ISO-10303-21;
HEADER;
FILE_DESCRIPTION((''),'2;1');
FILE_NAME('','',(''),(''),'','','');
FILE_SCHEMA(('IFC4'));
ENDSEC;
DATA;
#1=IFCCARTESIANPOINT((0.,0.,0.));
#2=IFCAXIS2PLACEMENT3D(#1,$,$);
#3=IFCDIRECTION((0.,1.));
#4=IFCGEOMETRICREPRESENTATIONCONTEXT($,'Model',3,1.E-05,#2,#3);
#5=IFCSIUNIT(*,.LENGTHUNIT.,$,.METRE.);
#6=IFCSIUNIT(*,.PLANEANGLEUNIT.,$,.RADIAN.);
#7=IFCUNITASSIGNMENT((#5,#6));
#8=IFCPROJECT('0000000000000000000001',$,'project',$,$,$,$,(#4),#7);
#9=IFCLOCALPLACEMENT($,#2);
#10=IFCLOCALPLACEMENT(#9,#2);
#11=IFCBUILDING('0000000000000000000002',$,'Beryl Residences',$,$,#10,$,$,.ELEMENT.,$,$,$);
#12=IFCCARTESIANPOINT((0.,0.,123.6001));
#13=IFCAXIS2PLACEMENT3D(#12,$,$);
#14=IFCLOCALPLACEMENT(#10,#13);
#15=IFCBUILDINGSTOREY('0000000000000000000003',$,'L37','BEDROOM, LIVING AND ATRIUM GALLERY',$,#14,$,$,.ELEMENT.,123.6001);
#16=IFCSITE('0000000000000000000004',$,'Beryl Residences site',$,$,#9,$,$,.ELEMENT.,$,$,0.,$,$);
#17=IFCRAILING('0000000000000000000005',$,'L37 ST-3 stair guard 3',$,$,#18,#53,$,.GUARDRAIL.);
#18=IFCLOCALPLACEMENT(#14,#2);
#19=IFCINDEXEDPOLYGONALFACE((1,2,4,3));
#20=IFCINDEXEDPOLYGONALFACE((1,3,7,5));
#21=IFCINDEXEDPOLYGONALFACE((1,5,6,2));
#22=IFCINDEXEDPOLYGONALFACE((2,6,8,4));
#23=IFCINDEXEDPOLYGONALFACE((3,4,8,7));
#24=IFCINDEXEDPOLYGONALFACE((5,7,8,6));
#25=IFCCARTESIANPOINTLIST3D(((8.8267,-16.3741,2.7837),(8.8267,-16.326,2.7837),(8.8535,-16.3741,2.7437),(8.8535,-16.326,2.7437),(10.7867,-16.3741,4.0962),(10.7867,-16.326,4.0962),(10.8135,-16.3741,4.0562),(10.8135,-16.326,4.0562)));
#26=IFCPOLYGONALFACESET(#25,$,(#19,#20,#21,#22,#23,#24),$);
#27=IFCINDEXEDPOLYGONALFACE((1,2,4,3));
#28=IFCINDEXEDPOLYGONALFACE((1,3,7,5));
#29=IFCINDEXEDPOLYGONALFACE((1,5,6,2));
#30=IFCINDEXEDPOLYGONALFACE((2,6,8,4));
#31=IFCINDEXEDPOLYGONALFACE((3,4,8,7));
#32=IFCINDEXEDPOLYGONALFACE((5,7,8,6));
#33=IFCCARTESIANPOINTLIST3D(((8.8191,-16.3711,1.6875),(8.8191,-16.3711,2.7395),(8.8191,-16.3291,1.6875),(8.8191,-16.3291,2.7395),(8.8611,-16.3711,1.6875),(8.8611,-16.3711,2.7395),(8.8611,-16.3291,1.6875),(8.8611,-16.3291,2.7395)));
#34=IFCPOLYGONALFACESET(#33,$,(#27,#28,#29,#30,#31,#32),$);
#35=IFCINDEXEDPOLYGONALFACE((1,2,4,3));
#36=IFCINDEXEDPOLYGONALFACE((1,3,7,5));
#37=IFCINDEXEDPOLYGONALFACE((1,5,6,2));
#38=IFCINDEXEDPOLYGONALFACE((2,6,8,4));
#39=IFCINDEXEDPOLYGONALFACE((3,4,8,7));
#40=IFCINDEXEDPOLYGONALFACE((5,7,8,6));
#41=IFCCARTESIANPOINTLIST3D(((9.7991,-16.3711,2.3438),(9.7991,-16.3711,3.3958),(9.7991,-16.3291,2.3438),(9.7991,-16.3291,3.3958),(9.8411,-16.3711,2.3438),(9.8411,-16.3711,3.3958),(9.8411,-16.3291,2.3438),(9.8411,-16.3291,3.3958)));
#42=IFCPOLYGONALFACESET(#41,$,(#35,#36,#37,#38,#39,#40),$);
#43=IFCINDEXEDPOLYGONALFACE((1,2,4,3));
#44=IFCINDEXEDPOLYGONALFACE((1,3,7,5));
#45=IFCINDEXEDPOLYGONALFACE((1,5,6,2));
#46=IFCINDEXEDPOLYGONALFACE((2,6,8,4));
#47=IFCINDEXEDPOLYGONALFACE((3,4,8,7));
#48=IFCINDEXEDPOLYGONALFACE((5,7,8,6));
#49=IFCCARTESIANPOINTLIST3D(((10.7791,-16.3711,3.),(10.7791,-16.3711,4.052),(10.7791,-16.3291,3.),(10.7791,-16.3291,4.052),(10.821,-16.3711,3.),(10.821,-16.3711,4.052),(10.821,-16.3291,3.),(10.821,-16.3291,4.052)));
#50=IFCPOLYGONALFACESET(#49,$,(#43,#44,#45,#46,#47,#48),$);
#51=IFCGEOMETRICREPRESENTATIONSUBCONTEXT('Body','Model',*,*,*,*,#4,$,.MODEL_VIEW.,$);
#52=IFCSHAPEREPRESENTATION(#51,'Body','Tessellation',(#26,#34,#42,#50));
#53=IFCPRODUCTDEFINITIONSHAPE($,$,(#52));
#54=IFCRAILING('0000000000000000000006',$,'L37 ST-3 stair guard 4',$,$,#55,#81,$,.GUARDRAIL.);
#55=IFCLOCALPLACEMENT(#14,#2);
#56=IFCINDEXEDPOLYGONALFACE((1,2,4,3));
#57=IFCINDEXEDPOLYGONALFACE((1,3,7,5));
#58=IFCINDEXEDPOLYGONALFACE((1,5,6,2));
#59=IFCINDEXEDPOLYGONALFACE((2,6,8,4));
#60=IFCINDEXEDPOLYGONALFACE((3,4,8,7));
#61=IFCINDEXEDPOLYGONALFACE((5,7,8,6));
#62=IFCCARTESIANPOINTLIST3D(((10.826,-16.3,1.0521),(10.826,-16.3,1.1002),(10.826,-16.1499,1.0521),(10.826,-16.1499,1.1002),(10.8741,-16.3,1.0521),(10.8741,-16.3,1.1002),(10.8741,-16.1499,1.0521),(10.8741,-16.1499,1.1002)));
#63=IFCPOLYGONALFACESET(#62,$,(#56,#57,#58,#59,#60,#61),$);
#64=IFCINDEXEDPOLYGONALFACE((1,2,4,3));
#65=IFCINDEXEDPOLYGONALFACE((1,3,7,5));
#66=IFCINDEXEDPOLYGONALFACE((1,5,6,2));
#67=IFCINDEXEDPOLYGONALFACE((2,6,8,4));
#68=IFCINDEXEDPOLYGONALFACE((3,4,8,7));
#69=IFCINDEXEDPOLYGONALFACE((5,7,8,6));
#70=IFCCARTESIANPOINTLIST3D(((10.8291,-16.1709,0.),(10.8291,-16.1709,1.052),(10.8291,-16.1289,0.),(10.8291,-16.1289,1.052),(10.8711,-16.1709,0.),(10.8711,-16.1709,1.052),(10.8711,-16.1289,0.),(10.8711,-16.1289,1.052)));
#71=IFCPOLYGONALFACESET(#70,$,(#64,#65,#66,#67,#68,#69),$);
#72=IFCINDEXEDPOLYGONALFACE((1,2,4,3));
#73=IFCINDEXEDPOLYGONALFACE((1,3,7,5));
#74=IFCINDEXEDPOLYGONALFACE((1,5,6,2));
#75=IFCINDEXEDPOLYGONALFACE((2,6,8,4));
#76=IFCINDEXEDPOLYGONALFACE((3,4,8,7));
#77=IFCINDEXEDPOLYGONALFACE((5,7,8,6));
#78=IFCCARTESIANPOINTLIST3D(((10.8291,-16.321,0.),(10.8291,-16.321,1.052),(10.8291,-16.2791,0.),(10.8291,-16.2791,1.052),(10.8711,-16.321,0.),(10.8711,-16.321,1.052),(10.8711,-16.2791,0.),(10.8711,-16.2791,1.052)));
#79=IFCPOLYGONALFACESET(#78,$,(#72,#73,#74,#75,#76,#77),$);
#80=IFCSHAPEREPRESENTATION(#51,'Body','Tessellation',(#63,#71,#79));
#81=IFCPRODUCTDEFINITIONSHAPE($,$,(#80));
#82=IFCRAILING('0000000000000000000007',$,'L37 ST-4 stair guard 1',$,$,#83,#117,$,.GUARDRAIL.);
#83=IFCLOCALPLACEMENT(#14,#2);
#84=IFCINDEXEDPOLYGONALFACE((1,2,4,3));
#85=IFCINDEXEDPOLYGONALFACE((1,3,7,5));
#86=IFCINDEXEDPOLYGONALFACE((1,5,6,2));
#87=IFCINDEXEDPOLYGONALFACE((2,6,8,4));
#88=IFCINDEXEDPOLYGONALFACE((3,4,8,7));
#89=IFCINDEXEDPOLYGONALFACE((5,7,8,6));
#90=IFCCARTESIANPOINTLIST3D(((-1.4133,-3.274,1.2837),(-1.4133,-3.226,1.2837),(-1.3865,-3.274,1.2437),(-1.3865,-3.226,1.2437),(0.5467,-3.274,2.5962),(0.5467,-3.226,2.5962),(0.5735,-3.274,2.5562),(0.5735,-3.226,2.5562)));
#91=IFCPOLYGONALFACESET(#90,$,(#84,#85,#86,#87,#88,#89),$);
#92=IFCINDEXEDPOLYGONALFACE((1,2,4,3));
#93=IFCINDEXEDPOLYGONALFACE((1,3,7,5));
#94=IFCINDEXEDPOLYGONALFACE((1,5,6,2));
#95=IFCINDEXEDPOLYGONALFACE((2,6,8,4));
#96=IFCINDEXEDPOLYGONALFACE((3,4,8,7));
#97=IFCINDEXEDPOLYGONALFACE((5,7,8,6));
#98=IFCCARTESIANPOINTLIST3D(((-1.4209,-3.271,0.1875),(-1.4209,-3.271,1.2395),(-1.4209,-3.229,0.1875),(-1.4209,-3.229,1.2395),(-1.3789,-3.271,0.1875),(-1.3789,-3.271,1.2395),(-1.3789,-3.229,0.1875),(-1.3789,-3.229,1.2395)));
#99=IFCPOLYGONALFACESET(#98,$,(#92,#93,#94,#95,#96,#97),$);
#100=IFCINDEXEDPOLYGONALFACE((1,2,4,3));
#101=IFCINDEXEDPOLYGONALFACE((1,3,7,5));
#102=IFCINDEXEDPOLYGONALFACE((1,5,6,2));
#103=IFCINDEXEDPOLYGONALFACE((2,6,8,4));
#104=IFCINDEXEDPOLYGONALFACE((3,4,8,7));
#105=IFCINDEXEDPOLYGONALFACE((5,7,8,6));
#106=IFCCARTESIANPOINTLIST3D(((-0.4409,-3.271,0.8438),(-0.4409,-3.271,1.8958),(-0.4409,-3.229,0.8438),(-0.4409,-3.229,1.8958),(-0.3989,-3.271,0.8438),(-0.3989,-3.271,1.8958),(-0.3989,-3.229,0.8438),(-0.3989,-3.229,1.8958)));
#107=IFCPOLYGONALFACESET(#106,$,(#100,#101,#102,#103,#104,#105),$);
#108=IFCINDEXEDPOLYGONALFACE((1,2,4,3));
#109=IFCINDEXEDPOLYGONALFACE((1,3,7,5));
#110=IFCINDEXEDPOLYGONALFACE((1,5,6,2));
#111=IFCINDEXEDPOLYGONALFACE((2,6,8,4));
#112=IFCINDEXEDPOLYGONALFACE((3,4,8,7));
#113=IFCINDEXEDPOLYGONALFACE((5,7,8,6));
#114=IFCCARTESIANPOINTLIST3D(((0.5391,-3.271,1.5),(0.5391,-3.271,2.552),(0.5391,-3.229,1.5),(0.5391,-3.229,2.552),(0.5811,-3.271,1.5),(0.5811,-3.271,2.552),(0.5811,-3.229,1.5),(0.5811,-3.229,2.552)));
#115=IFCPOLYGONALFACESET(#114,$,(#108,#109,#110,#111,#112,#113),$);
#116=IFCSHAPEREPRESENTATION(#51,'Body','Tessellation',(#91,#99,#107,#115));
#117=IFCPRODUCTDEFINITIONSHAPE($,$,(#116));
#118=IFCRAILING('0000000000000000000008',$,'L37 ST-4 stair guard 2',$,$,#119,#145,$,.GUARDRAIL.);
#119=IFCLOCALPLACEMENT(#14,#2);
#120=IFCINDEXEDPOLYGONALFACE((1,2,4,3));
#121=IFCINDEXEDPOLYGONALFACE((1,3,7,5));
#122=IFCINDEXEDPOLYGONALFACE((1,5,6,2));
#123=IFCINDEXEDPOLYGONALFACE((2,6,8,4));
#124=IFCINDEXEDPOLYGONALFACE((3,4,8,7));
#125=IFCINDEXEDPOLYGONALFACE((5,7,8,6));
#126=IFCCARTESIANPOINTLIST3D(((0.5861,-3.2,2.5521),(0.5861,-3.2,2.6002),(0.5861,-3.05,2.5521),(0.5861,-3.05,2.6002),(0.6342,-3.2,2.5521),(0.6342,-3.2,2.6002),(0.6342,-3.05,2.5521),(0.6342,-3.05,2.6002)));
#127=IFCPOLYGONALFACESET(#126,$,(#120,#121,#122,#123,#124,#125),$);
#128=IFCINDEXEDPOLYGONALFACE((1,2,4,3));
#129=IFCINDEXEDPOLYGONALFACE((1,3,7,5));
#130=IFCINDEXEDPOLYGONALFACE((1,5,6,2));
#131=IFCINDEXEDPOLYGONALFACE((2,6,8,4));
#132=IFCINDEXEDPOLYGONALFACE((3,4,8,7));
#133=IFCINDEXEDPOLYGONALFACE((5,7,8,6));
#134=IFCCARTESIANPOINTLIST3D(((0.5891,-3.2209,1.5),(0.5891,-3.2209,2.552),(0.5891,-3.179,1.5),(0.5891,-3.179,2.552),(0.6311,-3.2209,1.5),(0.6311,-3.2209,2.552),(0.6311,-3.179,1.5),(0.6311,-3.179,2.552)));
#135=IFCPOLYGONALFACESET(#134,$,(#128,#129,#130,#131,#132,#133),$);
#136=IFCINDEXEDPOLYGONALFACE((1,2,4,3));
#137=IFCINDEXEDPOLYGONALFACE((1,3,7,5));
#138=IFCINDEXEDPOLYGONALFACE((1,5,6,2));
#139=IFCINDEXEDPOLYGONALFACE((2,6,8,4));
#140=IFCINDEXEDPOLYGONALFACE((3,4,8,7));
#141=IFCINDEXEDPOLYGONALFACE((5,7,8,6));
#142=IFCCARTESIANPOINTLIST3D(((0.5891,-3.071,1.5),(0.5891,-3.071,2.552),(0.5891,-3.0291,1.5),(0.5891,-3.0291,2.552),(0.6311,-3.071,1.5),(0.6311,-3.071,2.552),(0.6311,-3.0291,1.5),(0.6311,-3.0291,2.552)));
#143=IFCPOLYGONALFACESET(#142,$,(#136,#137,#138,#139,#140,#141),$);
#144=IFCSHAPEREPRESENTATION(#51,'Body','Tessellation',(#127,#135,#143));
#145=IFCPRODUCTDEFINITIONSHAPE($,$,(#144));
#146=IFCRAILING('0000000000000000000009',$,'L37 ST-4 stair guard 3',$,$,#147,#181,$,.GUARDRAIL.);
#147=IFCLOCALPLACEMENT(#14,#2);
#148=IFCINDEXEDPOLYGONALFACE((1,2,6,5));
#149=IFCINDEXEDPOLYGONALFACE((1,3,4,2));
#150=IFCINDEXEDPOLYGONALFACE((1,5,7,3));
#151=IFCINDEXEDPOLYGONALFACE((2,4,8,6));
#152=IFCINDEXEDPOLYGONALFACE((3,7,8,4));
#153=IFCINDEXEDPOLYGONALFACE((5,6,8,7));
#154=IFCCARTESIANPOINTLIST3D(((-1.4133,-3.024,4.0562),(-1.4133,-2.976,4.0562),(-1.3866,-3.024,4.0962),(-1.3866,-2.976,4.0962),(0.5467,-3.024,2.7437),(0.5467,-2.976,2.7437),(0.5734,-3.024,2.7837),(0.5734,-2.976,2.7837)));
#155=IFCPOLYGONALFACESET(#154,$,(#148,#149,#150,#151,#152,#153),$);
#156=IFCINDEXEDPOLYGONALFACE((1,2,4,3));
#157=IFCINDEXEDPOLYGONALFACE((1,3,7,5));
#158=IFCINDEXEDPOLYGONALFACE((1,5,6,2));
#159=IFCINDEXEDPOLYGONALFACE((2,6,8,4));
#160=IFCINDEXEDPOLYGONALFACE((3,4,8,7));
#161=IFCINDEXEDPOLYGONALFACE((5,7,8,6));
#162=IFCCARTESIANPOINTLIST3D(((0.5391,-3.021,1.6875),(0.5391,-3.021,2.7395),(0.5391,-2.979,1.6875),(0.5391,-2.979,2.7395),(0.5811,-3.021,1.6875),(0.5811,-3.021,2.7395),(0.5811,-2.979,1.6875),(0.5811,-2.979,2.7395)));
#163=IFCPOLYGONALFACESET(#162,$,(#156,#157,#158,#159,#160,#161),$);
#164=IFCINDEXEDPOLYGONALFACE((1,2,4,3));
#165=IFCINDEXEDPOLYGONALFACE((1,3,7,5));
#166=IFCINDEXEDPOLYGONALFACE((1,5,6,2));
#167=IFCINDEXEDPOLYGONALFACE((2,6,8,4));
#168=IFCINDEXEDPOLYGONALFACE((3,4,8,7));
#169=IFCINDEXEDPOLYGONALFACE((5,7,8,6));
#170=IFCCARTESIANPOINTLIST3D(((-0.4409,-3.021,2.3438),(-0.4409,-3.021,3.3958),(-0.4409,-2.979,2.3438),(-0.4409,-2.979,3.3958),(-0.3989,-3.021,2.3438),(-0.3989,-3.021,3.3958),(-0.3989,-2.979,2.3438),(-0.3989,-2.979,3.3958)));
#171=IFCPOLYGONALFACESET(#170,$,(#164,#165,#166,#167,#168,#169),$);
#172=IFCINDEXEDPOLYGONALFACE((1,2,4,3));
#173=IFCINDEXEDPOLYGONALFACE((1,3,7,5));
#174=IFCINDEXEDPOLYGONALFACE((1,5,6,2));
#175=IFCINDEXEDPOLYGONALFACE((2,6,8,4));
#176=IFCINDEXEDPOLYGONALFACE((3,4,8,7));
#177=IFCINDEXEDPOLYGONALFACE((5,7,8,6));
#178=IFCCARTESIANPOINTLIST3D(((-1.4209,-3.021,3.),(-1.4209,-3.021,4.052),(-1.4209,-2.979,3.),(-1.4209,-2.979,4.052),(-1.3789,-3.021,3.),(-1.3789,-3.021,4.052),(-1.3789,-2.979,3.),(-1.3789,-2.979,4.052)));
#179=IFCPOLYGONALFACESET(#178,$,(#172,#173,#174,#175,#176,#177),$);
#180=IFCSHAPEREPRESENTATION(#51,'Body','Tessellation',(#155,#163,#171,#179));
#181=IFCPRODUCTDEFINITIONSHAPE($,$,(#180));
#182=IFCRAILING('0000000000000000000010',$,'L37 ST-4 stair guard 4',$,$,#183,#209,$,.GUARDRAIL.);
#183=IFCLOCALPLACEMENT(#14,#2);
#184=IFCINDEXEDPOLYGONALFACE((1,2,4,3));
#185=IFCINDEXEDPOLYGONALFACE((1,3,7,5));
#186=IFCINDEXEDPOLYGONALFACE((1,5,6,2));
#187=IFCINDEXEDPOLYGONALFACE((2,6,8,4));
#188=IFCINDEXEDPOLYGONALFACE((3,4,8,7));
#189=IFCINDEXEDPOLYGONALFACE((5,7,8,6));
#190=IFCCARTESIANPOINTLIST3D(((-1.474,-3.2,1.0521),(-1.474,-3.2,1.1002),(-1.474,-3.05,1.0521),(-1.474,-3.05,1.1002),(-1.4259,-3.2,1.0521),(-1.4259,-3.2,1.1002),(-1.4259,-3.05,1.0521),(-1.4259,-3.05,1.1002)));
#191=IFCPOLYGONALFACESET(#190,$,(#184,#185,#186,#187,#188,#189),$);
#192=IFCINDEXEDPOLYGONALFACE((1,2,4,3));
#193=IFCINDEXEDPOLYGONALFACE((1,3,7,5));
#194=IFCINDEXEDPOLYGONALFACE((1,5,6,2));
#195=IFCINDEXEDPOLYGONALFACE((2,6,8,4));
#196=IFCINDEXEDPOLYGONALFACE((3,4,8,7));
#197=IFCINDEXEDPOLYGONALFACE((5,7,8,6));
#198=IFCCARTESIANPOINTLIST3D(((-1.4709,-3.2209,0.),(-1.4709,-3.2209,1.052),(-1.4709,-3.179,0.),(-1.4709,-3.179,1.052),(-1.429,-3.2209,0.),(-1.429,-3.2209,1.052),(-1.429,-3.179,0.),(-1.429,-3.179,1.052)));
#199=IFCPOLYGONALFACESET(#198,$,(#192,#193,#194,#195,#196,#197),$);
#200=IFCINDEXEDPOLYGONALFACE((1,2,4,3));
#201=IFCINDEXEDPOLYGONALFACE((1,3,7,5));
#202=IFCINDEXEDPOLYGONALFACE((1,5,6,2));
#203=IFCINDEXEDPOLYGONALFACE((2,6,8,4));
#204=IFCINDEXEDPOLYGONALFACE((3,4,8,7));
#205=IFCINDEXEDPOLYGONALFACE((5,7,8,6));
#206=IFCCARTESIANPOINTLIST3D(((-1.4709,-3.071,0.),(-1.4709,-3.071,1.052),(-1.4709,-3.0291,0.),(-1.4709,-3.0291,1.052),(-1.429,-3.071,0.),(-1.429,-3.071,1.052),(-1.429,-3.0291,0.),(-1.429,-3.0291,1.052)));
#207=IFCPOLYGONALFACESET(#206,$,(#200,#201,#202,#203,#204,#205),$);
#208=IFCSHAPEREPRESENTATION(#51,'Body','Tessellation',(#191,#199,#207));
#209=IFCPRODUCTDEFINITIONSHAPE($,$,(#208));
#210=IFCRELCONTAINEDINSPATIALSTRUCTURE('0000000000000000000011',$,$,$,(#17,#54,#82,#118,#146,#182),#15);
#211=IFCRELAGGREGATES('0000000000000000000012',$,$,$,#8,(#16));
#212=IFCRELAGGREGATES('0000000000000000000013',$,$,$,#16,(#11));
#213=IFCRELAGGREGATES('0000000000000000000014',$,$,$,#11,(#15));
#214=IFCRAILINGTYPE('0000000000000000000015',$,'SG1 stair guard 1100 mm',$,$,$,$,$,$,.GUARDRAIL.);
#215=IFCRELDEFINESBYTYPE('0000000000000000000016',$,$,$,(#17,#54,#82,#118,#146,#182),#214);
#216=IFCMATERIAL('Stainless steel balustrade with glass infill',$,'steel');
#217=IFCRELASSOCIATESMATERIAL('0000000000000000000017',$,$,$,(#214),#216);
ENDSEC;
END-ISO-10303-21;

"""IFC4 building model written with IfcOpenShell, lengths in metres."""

from ifc_helpers import new_model, si_unit, direction, frame, origin, origin_2d, place, context, subcontext, project, spatial, rectangle, extrude, material, type_object, element, save


model = new_model("IFC4")

# Units and contexts
model_context = context("Model", 3, precision=1e-05, world=origin(), true_north=direction((0.0, 1.0)))
body_context = subcontext(model_context, "Body", "Model", "MODEL_VIEW")
ifc_project = project(units=[si_unit("LENGTHUNIT", "METRE"), si_unit("PLANEANGLEUNIT", "RADIAN")], contexts=[model_context])

# Site, building, storey
site_placement = place(None, origin())
site = spatial("IfcSite", under=ifc_project, at=site_placement, Name="Beryl Residences site", CompositionType="ELEMENT", RefElevation=0.0)
building_placement = place(site_placement, origin())
building = spatial("IfcBuilding", under=site, at=building_placement, Name="Beryl Residences", CompositionType="ELEMENT")
storey_placement = place(building_placement, frame((0.0, 0.0, 123.6001)))
storey = spatial("IfcBuildingStorey", under=building, at=storey_placement, Name="L37", Description="BEDROOM, LIVING AND ATRIUM GALLERY", CompositionType="ELEMENT", Elevation=123.6001)

# Railings
ifc_material_1 = material(Name="Stainless steel balustrade with glass infill", Category="steel")
railing_type_1 = type_object("IfcRailingType", Name="SG1 stair guard 1100 mm", PredefinedType="GUARDRAIL", material=ifc_material_1)
railing_1_placement = place(storey_placement, frame((8.8401, -16.3501, 1.6875)))
element("IfcRailing", 1, at=railing_1_placement, inside=storey, type_object=railing_type_1, Name="L37 ST-3 stair guard 3", PredefinedType="GUARDRAIL", context=body_context, shape_type="SweptSolid", body=[
    extrude(rectangle(XDim=0.0481, YDim=0.0481, at=origin_2d()), frame((0.0, 0.0, 1.0762), z_axis=(0.830902, 0.0, 0.556419), x_axis=(0.0, 1.0, 0.0)), (0.0, 0.0, 1.0), 2.3589),
    extrude(rectangle(XDim=0.042, YDim=0.042, at=origin_2d()), origin(), (0.0, 0.0, 1.0), 1.052),
    extrude(rectangle(XDim=0.042, YDim=0.042, at=origin_2d()), frame((0.98, 0.0, 0.6562)), (0.0, 0.0, 1.0), 1.052),
    extrude(rectangle(XDim=0.042, YDim=0.042, at=origin_2d()), frame((1.96, 0.0, 1.3125)), (0.0, 0.0, 1.0), 1.052),
])
railing_2_placement = place(storey_placement, frame((10.8501, -16.1499, 0.0)))
element("IfcRailing", 2, at=railing_2_placement, inside=storey, type_object=railing_type_1, Name="L37 ST-3 stair guard 4", PredefinedType="GUARDRAIL", context=body_context, shape_type="SweptSolid", body=[
    extrude(rectangle(XDim=0.0481, YDim=0.0481, at=origin_2d()), frame((0.0, 0.0, 1.0762), z_axis=(0.0, -1.0, 0.0), x_axis=(1.0, 0.0, 0.0)), (0.0, 0.0, 1.0), 0.1501),
    extrude(rectangle(XDim=0.042, YDim=0.042, at=origin_2d()), origin(), (0.0, 0.0, 1.0), 1.052),
    extrude(rectangle(XDim=0.042, YDim=0.042, at=origin_2d()), frame((0.0, -0.1501, 0.0)), (0.0, 0.0, 1.0), 1.052),
])
railing_3_placement = place(storey_placement, frame((-1.3999, -3.25, 0.1875)))
element("IfcRailing", 3, at=railing_3_placement, inside=storey, type_object=railing_type_1, Name="L37 ST-4 stair guard 1", PredefinedType="GUARDRAIL", context=body_context, shape_type="SweptSolid", body=[
    extrude(rectangle(XDim=0.0481, YDim=0.0481, at=origin_2d()), frame((0.0, 0.0, 1.0762), z_axis=(0.830902, 0.0, 0.556419), x_axis=(0.0, 1.0, 0.0)), (0.0, 0.0, 1.0), 2.3589),
    extrude(rectangle(XDim=0.042, YDim=0.042, at=origin_2d()), origin(), (0.0, 0.0, 1.0), 1.052),
    extrude(rectangle(XDim=0.042, YDim=0.042, at=origin_2d()), frame((0.98, 0.0, 0.6562)), (0.0, 0.0, 1.0), 1.052),
    extrude(rectangle(XDim=0.042, YDim=0.042, at=origin_2d()), frame((1.96, 0.0, 1.3125)), (0.0, 0.0, 1.0), 1.052),
])
railing_4_placement = place(storey_placement, frame((0.6101, -3.2, 1.5)))
element("IfcRailing", 4, at=railing_4_placement, inside=storey, type_object=railing_type_1, Name="L37 ST-4 stair guard 2", PredefinedType="GUARDRAIL", context=body_context, shape_type="SweptSolid", body=[
    extrude(rectangle(XDim=0.0481, YDim=0.0481, at=origin_2d()), frame((0.0, 0.0, 1.0762), z_axis=(0.0, 1.0, 0.0), x_axis=(-1.0, 0.0, 0.0)), (0.0, 0.0, 1.0), 0.1499),
    extrude(rectangle(XDim=0.042, YDim=0.042, at=origin_2d()), origin(), (0.0, 0.0, 1.0), 1.052),
    extrude(rectangle(XDim=0.042, YDim=0.042, at=origin_2d()), frame((0.0, 0.1499, 0.0)), (0.0, 0.0, 1.0), 1.052),
])
railing_5_placement = place(storey_placement, frame((0.5601, -3.0, 1.6875)))
element("IfcRailing", 5, at=railing_5_placement, inside=storey, type_object=railing_type_1, Name="L37 ST-4 stair guard 3", PredefinedType="GUARDRAIL", context=body_context, shape_type="SweptSolid", body=[
    extrude(rectangle(XDim=0.0481, YDim=0.0481, at=origin_2d()), frame((0.0, 0.0, 1.0762), z_axis=(-0.830902, 0.0, 0.556419), x_axis=(0.0, -1.0, 0.0)), (0.0, 0.0, 1.0), 2.3589),
    extrude(rectangle(XDim=0.042, YDim=0.042, at=origin_2d()), origin(), (0.0, 0.0, 1.0), 1.052),
    extrude(rectangle(XDim=0.042, YDim=0.042, at=origin_2d()), frame((-0.98, 0.0, 0.6562)), (0.0, 0.0, 1.0), 1.052),
    extrude(rectangle(XDim=0.042, YDim=0.042, at=origin_2d()), frame((-1.96, 0.0, 1.3125)), (0.0, 0.0, 1.0), 1.052),
])
railing_6_placement = place(storey_placement, frame((-1.45, -3.2, 0.0)))
element("IfcRailing", 6, at=railing_6_placement, inside=storey, type_object=railing_type_1, Name="L37 ST-4 stair guard 4", PredefinedType="GUARDRAIL", context=body_context, shape_type="SweptSolid", body=[
    extrude(rectangle(XDim=0.0481, YDim=0.0481, at=origin_2d()), frame((0.0, 0.0, 1.0762), z_axis=(0.0, 1.0, 0.0), x_axis=(-1.0, 0.0, 0.0)), (0.0, 0.0, 1.0), 0.1499),
    extrude(rectangle(XDim=0.042, YDim=0.042, at=origin_2d()), origin(), (0.0, 0.0, 1.0), 1.052),
    extrude(rectangle(XDim=0.042, YDim=0.042, at=origin_2d()), frame((0.0, 0.1499, 0.0)), (0.0, 0.0, 1.0), 1.052),
])

save(model, "model.ifc")
